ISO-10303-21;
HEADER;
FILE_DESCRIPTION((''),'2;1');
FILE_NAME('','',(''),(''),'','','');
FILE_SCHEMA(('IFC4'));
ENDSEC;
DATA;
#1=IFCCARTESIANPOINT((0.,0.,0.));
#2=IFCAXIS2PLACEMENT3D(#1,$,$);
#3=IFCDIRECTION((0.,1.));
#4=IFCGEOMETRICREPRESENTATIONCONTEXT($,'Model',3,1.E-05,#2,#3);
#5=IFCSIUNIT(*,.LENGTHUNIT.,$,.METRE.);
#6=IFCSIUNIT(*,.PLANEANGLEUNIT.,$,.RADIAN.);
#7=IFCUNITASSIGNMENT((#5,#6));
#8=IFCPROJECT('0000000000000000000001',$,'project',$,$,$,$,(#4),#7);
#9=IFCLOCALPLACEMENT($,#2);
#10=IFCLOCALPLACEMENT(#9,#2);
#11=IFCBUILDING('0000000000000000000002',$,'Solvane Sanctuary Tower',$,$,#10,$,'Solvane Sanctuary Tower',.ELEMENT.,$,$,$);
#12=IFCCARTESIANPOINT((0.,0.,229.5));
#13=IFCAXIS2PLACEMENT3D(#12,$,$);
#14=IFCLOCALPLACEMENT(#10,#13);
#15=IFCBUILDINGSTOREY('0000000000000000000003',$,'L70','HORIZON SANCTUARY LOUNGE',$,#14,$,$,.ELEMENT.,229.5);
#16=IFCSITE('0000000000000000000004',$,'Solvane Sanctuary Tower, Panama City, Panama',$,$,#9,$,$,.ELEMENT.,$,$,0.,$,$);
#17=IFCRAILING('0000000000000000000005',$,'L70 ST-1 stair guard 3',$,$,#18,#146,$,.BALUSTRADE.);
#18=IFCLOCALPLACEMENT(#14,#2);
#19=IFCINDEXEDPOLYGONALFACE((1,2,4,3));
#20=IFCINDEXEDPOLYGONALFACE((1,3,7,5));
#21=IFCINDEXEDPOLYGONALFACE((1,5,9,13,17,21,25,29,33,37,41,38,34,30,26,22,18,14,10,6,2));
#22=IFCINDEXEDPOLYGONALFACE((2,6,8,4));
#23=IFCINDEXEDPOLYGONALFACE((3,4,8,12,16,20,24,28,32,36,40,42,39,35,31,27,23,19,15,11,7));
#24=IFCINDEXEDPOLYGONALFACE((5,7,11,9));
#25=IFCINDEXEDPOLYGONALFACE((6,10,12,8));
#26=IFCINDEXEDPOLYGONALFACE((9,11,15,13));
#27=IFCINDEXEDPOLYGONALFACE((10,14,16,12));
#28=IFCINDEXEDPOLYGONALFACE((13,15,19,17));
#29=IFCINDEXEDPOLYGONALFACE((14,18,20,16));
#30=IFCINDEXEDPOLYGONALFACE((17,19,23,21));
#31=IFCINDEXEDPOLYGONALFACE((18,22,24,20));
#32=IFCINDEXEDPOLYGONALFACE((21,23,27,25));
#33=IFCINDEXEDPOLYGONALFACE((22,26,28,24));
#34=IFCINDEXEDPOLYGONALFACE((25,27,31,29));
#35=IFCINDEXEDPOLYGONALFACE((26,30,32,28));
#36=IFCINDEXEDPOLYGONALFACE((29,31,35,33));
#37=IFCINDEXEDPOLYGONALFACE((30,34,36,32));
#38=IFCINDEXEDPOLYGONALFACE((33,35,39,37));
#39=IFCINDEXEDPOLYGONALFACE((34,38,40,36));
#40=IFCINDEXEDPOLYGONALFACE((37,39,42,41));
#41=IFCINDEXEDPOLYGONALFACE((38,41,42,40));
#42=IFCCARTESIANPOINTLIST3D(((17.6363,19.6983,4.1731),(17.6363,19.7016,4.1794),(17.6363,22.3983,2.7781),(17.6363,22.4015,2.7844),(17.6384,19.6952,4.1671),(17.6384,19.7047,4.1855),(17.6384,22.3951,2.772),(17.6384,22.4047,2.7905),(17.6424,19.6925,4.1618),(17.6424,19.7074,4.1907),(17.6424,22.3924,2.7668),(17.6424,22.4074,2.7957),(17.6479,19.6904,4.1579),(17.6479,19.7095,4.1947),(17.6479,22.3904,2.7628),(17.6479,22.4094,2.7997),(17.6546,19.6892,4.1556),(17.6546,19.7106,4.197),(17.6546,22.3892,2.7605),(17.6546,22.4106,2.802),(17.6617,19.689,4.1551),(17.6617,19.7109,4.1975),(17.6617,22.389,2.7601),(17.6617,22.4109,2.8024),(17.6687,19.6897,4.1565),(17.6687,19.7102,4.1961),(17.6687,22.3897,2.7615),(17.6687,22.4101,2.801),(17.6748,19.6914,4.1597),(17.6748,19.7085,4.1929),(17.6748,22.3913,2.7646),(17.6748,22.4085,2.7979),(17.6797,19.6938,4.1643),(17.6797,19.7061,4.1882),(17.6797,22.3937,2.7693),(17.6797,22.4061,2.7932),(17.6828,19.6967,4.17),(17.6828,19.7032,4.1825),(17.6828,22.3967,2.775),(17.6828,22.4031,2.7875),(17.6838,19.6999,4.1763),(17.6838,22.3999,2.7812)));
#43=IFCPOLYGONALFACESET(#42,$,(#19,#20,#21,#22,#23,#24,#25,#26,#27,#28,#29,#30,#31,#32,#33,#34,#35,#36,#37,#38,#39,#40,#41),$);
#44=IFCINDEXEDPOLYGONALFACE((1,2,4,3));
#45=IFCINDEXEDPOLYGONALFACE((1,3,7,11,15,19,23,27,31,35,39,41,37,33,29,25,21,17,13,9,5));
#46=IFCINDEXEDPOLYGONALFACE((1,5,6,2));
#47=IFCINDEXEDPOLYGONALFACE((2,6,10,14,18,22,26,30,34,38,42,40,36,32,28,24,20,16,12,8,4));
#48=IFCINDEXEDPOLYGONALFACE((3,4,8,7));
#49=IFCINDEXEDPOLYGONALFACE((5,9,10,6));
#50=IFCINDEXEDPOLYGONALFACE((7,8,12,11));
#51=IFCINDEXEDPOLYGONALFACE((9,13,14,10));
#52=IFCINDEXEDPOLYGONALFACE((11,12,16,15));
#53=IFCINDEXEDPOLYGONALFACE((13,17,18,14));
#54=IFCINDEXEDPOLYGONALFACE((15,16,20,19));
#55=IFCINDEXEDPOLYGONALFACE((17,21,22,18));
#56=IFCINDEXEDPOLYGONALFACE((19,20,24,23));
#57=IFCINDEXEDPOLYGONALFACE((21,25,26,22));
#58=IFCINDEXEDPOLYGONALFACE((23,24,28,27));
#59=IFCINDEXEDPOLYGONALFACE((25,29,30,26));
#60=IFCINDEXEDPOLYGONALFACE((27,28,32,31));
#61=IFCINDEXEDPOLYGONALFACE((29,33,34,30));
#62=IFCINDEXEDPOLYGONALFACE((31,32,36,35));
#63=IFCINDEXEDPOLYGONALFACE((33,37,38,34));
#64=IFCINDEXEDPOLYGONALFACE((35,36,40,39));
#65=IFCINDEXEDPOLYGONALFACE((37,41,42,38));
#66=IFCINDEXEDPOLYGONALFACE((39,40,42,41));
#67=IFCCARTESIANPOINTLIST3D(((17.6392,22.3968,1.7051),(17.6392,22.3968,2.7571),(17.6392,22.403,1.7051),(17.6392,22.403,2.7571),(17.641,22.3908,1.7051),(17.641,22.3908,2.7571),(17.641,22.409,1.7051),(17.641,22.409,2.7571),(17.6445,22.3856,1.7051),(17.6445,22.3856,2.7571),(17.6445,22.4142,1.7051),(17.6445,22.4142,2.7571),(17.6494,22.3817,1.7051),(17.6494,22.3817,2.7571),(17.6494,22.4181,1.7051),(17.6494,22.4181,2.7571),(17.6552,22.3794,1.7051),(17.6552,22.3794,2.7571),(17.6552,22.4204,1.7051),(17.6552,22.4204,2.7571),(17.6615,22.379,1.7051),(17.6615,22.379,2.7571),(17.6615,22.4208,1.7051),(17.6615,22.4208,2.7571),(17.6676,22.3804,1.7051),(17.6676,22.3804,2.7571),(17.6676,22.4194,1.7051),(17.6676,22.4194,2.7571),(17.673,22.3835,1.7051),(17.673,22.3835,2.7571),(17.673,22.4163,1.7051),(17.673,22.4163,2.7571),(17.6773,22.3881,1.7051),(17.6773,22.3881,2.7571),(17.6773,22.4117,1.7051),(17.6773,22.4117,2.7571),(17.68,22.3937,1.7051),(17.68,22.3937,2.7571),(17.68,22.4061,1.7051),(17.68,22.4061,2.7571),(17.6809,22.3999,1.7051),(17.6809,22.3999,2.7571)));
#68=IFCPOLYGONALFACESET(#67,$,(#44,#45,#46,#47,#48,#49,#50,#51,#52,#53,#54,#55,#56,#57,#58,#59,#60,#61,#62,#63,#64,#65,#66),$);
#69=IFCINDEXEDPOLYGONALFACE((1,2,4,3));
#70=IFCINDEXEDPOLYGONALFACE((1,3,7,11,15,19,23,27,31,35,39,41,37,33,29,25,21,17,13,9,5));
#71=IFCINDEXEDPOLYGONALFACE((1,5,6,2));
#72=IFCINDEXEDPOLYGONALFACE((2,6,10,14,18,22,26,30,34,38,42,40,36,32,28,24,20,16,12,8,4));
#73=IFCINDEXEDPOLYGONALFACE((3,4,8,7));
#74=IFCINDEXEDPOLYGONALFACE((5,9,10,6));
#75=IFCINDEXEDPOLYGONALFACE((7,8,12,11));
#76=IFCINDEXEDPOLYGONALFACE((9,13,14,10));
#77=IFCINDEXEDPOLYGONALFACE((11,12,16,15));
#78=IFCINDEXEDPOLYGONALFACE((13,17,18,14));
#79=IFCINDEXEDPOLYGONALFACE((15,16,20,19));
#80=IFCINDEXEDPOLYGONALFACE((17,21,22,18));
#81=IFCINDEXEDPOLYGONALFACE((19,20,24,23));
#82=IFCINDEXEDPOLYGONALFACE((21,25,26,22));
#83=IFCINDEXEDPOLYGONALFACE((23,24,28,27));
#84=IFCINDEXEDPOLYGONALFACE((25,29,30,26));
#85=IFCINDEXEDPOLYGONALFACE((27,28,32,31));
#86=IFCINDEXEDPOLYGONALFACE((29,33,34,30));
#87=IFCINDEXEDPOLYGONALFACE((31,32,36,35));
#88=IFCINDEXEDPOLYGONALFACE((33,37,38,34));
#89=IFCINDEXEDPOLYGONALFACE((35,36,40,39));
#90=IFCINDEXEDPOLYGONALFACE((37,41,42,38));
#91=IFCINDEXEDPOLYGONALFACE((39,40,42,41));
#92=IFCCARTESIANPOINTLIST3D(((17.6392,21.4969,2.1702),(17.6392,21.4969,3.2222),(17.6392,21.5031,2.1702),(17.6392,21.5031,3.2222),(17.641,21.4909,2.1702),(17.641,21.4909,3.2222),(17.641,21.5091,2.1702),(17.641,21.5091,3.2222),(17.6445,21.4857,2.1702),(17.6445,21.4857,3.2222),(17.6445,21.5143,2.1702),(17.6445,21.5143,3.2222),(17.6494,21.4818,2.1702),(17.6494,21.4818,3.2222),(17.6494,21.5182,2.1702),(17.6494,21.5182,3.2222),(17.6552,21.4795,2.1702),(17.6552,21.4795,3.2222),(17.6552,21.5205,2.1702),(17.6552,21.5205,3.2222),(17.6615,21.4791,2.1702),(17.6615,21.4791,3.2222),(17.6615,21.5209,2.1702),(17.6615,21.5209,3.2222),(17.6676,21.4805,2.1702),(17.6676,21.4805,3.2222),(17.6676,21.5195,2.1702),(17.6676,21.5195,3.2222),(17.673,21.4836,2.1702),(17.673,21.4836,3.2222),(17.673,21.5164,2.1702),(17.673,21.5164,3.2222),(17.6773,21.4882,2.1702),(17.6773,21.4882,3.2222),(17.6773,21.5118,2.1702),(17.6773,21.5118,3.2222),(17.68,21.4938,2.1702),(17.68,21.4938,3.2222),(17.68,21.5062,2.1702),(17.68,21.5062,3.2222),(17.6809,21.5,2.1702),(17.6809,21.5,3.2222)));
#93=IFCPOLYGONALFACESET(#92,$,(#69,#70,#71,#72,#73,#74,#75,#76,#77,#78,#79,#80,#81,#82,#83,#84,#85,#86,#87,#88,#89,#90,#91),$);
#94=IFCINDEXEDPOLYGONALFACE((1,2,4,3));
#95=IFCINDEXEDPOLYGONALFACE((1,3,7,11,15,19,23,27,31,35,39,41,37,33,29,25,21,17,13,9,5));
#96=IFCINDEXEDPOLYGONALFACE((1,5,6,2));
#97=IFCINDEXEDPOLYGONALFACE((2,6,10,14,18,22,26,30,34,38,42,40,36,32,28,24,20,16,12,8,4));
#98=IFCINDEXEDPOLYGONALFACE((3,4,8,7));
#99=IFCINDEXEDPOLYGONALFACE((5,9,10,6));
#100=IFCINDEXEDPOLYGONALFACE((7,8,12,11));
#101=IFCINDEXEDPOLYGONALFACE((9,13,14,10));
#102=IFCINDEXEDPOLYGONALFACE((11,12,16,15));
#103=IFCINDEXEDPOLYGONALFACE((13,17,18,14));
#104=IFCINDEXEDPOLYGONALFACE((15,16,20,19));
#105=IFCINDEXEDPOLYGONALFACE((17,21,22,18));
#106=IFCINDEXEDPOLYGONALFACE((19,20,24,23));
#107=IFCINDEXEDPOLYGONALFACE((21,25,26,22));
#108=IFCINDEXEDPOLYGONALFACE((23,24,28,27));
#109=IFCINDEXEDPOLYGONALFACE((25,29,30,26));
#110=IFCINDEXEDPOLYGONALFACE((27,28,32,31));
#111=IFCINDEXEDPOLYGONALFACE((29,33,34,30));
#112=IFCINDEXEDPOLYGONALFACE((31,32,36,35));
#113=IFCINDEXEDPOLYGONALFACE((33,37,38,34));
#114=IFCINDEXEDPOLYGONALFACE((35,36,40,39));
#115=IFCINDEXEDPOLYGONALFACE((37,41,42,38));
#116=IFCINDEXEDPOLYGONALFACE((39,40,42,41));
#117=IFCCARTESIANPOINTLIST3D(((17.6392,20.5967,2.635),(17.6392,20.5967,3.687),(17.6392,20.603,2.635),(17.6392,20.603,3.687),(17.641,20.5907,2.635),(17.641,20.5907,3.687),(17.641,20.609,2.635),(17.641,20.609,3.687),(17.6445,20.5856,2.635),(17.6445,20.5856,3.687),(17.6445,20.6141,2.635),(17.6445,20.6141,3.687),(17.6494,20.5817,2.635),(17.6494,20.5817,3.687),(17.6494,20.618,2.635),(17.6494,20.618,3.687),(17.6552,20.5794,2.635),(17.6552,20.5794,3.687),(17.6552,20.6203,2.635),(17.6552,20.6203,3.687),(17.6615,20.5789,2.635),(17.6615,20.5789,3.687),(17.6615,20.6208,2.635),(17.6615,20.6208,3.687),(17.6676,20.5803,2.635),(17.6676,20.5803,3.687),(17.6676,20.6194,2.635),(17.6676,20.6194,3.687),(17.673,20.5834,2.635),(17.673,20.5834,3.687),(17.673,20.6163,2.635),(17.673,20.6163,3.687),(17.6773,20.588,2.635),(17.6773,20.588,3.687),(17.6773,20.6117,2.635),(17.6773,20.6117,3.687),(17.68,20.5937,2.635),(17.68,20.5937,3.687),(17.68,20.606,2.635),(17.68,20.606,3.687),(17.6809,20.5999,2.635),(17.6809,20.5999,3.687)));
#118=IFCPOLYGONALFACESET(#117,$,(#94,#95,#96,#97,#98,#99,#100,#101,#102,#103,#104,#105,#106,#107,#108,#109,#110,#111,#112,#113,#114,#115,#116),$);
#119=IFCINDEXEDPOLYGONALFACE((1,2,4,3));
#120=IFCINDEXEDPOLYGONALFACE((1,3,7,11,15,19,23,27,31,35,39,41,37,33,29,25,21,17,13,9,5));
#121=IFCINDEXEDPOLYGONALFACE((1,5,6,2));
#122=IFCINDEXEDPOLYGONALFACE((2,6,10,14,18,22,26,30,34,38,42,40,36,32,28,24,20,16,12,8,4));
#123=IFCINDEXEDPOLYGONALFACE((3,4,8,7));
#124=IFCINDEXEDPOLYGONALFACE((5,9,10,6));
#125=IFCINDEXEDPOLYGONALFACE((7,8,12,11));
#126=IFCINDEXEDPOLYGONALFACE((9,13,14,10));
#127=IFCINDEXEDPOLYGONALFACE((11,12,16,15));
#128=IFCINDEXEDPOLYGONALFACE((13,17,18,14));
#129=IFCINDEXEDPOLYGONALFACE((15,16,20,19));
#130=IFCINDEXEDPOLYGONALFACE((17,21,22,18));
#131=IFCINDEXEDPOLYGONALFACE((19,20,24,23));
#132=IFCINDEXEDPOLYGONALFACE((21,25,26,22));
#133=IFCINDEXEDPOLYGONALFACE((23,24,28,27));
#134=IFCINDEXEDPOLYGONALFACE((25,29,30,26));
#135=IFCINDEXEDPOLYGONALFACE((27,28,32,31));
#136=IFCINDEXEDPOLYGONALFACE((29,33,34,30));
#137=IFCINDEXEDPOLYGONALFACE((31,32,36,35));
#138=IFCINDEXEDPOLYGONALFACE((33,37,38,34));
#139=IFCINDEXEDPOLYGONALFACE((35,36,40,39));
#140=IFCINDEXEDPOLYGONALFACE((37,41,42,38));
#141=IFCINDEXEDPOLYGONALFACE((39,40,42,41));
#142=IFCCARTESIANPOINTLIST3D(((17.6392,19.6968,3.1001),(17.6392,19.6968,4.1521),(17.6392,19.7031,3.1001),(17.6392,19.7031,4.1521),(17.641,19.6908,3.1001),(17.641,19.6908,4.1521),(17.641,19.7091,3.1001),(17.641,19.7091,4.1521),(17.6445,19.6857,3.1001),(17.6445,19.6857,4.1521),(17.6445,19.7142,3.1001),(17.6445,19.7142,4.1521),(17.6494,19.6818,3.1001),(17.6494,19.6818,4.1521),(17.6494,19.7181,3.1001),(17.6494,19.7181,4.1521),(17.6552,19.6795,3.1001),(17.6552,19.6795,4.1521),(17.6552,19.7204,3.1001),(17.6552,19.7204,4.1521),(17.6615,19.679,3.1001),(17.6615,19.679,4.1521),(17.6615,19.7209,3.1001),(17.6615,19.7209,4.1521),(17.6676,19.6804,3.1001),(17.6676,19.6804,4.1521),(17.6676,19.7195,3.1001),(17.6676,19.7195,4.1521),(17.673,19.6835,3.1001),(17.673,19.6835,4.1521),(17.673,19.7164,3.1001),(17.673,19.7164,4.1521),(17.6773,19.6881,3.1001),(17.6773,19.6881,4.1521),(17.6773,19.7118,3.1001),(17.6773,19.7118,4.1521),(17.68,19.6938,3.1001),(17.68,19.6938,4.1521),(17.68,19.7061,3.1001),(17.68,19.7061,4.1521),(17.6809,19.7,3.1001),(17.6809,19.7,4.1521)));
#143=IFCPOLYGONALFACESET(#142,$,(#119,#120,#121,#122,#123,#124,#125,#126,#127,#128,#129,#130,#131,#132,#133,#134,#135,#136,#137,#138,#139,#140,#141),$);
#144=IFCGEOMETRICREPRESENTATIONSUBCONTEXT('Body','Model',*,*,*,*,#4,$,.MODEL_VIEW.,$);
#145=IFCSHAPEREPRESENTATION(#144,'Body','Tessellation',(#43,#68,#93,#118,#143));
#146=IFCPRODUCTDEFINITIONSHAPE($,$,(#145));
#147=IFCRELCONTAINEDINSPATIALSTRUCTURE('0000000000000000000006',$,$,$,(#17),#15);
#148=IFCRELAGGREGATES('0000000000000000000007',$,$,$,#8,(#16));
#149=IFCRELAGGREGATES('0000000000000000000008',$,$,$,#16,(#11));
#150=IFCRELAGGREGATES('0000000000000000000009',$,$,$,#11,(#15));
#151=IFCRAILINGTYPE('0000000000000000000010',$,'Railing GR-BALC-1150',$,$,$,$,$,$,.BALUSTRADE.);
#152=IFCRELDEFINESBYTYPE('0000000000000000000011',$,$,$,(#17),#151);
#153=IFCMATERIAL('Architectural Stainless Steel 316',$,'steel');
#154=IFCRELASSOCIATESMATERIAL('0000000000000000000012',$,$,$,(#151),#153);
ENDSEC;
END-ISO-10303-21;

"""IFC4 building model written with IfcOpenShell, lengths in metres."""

from ifc_helpers import new_model, si_unit, direction, frame, origin, origin_2d, place, context, subcontext, project, spatial, circle, extrude, material, type_object, element, save


model = new_model("IFC4")

# Units and contexts
model_context = context("Model", 3, precision=1e-05, world=origin(), true_north=direction((0.0, 1.0)))
body_context = subcontext(model_context, "Body", "Model", "MODEL_VIEW")
ifc_project = project(units=[si_unit("LENGTHUNIT", "METRE"), si_unit("PLANEANGLEUNIT", "RADIAN")], contexts=[model_context])

# Site, building, storey
site_placement = place(None, origin())
site = spatial("IfcSite", under=ifc_project, at=site_placement, Name="Solvane Sanctuary Tower, Panama City, Panama", CompositionType="ELEMENT", RefElevation=0.0)
building_placement = place(site_placement, origin())
building = spatial("IfcBuilding", under=site, at=building_placement, Name="Solvane Sanctuary Tower", LongName="Solvane Sanctuary Tower", CompositionType="ELEMENT")
storey_placement = place(building_placement, frame((0.0, 0.0, 229.5)))
storey = spatial("IfcBuildingStorey", under=building, at=storey_placement, Name="L70", Description="HORIZON SANCTUARY LOUNGE", CompositionType="ELEMENT", Elevation=229.5)

# Shared definitions
ifc_material_1 = material(Name="Architectural Stainless Steel 316", Category="steel")

# Railing
railing_type_1 = type_object("IfcRailingType", Name="Railing GR-BALC-1150", PredefinedType="BALUSTRADE", material=ifc_material_1)
railing_1_placement = place(storey_placement, frame((17.6599, 22.3999, 1.7051)))
element("IfcRailing", 1, at=railing_1_placement, inside=storey, type_object=railing_type_1, Name="L70 ST-1 stair guard 3", PredefinedType="BALUSTRADE", context=body_context, shape_type="SweptSolid", body=[
    extrude(circle(Radius=0.0239, at=origin_2d()), frame((0.0, 0.0, 1.0762), z_axis=(0.0, -0.88842, 0.459032), x_axis=(1.0, 0.0, 0.0)), (0.0, 0.0, 1.0), 3.0391),
    extrude(circle(Radius=0.021, at=origin_2d()), origin(), (0.0, 0.0, 1.0), 1.052),
    extrude(circle(Radius=0.021, at=origin_2d()), frame((0.0, -0.8999, 0.4651)), (0.0, 0.0, 1.0), 1.052),
    extrude(circle(Radius=0.021, at=origin_2d()), frame((0.0, -1.8, 0.9299)), (0.0, 0.0, 1.0), 1.052),
    extrude(circle(Radius=0.021, at=origin_2d()), frame((0.0, -2.7, 1.395)), (0.0, 0.0, 1.0), 1.052),
])

save(model, "model.ifc")
